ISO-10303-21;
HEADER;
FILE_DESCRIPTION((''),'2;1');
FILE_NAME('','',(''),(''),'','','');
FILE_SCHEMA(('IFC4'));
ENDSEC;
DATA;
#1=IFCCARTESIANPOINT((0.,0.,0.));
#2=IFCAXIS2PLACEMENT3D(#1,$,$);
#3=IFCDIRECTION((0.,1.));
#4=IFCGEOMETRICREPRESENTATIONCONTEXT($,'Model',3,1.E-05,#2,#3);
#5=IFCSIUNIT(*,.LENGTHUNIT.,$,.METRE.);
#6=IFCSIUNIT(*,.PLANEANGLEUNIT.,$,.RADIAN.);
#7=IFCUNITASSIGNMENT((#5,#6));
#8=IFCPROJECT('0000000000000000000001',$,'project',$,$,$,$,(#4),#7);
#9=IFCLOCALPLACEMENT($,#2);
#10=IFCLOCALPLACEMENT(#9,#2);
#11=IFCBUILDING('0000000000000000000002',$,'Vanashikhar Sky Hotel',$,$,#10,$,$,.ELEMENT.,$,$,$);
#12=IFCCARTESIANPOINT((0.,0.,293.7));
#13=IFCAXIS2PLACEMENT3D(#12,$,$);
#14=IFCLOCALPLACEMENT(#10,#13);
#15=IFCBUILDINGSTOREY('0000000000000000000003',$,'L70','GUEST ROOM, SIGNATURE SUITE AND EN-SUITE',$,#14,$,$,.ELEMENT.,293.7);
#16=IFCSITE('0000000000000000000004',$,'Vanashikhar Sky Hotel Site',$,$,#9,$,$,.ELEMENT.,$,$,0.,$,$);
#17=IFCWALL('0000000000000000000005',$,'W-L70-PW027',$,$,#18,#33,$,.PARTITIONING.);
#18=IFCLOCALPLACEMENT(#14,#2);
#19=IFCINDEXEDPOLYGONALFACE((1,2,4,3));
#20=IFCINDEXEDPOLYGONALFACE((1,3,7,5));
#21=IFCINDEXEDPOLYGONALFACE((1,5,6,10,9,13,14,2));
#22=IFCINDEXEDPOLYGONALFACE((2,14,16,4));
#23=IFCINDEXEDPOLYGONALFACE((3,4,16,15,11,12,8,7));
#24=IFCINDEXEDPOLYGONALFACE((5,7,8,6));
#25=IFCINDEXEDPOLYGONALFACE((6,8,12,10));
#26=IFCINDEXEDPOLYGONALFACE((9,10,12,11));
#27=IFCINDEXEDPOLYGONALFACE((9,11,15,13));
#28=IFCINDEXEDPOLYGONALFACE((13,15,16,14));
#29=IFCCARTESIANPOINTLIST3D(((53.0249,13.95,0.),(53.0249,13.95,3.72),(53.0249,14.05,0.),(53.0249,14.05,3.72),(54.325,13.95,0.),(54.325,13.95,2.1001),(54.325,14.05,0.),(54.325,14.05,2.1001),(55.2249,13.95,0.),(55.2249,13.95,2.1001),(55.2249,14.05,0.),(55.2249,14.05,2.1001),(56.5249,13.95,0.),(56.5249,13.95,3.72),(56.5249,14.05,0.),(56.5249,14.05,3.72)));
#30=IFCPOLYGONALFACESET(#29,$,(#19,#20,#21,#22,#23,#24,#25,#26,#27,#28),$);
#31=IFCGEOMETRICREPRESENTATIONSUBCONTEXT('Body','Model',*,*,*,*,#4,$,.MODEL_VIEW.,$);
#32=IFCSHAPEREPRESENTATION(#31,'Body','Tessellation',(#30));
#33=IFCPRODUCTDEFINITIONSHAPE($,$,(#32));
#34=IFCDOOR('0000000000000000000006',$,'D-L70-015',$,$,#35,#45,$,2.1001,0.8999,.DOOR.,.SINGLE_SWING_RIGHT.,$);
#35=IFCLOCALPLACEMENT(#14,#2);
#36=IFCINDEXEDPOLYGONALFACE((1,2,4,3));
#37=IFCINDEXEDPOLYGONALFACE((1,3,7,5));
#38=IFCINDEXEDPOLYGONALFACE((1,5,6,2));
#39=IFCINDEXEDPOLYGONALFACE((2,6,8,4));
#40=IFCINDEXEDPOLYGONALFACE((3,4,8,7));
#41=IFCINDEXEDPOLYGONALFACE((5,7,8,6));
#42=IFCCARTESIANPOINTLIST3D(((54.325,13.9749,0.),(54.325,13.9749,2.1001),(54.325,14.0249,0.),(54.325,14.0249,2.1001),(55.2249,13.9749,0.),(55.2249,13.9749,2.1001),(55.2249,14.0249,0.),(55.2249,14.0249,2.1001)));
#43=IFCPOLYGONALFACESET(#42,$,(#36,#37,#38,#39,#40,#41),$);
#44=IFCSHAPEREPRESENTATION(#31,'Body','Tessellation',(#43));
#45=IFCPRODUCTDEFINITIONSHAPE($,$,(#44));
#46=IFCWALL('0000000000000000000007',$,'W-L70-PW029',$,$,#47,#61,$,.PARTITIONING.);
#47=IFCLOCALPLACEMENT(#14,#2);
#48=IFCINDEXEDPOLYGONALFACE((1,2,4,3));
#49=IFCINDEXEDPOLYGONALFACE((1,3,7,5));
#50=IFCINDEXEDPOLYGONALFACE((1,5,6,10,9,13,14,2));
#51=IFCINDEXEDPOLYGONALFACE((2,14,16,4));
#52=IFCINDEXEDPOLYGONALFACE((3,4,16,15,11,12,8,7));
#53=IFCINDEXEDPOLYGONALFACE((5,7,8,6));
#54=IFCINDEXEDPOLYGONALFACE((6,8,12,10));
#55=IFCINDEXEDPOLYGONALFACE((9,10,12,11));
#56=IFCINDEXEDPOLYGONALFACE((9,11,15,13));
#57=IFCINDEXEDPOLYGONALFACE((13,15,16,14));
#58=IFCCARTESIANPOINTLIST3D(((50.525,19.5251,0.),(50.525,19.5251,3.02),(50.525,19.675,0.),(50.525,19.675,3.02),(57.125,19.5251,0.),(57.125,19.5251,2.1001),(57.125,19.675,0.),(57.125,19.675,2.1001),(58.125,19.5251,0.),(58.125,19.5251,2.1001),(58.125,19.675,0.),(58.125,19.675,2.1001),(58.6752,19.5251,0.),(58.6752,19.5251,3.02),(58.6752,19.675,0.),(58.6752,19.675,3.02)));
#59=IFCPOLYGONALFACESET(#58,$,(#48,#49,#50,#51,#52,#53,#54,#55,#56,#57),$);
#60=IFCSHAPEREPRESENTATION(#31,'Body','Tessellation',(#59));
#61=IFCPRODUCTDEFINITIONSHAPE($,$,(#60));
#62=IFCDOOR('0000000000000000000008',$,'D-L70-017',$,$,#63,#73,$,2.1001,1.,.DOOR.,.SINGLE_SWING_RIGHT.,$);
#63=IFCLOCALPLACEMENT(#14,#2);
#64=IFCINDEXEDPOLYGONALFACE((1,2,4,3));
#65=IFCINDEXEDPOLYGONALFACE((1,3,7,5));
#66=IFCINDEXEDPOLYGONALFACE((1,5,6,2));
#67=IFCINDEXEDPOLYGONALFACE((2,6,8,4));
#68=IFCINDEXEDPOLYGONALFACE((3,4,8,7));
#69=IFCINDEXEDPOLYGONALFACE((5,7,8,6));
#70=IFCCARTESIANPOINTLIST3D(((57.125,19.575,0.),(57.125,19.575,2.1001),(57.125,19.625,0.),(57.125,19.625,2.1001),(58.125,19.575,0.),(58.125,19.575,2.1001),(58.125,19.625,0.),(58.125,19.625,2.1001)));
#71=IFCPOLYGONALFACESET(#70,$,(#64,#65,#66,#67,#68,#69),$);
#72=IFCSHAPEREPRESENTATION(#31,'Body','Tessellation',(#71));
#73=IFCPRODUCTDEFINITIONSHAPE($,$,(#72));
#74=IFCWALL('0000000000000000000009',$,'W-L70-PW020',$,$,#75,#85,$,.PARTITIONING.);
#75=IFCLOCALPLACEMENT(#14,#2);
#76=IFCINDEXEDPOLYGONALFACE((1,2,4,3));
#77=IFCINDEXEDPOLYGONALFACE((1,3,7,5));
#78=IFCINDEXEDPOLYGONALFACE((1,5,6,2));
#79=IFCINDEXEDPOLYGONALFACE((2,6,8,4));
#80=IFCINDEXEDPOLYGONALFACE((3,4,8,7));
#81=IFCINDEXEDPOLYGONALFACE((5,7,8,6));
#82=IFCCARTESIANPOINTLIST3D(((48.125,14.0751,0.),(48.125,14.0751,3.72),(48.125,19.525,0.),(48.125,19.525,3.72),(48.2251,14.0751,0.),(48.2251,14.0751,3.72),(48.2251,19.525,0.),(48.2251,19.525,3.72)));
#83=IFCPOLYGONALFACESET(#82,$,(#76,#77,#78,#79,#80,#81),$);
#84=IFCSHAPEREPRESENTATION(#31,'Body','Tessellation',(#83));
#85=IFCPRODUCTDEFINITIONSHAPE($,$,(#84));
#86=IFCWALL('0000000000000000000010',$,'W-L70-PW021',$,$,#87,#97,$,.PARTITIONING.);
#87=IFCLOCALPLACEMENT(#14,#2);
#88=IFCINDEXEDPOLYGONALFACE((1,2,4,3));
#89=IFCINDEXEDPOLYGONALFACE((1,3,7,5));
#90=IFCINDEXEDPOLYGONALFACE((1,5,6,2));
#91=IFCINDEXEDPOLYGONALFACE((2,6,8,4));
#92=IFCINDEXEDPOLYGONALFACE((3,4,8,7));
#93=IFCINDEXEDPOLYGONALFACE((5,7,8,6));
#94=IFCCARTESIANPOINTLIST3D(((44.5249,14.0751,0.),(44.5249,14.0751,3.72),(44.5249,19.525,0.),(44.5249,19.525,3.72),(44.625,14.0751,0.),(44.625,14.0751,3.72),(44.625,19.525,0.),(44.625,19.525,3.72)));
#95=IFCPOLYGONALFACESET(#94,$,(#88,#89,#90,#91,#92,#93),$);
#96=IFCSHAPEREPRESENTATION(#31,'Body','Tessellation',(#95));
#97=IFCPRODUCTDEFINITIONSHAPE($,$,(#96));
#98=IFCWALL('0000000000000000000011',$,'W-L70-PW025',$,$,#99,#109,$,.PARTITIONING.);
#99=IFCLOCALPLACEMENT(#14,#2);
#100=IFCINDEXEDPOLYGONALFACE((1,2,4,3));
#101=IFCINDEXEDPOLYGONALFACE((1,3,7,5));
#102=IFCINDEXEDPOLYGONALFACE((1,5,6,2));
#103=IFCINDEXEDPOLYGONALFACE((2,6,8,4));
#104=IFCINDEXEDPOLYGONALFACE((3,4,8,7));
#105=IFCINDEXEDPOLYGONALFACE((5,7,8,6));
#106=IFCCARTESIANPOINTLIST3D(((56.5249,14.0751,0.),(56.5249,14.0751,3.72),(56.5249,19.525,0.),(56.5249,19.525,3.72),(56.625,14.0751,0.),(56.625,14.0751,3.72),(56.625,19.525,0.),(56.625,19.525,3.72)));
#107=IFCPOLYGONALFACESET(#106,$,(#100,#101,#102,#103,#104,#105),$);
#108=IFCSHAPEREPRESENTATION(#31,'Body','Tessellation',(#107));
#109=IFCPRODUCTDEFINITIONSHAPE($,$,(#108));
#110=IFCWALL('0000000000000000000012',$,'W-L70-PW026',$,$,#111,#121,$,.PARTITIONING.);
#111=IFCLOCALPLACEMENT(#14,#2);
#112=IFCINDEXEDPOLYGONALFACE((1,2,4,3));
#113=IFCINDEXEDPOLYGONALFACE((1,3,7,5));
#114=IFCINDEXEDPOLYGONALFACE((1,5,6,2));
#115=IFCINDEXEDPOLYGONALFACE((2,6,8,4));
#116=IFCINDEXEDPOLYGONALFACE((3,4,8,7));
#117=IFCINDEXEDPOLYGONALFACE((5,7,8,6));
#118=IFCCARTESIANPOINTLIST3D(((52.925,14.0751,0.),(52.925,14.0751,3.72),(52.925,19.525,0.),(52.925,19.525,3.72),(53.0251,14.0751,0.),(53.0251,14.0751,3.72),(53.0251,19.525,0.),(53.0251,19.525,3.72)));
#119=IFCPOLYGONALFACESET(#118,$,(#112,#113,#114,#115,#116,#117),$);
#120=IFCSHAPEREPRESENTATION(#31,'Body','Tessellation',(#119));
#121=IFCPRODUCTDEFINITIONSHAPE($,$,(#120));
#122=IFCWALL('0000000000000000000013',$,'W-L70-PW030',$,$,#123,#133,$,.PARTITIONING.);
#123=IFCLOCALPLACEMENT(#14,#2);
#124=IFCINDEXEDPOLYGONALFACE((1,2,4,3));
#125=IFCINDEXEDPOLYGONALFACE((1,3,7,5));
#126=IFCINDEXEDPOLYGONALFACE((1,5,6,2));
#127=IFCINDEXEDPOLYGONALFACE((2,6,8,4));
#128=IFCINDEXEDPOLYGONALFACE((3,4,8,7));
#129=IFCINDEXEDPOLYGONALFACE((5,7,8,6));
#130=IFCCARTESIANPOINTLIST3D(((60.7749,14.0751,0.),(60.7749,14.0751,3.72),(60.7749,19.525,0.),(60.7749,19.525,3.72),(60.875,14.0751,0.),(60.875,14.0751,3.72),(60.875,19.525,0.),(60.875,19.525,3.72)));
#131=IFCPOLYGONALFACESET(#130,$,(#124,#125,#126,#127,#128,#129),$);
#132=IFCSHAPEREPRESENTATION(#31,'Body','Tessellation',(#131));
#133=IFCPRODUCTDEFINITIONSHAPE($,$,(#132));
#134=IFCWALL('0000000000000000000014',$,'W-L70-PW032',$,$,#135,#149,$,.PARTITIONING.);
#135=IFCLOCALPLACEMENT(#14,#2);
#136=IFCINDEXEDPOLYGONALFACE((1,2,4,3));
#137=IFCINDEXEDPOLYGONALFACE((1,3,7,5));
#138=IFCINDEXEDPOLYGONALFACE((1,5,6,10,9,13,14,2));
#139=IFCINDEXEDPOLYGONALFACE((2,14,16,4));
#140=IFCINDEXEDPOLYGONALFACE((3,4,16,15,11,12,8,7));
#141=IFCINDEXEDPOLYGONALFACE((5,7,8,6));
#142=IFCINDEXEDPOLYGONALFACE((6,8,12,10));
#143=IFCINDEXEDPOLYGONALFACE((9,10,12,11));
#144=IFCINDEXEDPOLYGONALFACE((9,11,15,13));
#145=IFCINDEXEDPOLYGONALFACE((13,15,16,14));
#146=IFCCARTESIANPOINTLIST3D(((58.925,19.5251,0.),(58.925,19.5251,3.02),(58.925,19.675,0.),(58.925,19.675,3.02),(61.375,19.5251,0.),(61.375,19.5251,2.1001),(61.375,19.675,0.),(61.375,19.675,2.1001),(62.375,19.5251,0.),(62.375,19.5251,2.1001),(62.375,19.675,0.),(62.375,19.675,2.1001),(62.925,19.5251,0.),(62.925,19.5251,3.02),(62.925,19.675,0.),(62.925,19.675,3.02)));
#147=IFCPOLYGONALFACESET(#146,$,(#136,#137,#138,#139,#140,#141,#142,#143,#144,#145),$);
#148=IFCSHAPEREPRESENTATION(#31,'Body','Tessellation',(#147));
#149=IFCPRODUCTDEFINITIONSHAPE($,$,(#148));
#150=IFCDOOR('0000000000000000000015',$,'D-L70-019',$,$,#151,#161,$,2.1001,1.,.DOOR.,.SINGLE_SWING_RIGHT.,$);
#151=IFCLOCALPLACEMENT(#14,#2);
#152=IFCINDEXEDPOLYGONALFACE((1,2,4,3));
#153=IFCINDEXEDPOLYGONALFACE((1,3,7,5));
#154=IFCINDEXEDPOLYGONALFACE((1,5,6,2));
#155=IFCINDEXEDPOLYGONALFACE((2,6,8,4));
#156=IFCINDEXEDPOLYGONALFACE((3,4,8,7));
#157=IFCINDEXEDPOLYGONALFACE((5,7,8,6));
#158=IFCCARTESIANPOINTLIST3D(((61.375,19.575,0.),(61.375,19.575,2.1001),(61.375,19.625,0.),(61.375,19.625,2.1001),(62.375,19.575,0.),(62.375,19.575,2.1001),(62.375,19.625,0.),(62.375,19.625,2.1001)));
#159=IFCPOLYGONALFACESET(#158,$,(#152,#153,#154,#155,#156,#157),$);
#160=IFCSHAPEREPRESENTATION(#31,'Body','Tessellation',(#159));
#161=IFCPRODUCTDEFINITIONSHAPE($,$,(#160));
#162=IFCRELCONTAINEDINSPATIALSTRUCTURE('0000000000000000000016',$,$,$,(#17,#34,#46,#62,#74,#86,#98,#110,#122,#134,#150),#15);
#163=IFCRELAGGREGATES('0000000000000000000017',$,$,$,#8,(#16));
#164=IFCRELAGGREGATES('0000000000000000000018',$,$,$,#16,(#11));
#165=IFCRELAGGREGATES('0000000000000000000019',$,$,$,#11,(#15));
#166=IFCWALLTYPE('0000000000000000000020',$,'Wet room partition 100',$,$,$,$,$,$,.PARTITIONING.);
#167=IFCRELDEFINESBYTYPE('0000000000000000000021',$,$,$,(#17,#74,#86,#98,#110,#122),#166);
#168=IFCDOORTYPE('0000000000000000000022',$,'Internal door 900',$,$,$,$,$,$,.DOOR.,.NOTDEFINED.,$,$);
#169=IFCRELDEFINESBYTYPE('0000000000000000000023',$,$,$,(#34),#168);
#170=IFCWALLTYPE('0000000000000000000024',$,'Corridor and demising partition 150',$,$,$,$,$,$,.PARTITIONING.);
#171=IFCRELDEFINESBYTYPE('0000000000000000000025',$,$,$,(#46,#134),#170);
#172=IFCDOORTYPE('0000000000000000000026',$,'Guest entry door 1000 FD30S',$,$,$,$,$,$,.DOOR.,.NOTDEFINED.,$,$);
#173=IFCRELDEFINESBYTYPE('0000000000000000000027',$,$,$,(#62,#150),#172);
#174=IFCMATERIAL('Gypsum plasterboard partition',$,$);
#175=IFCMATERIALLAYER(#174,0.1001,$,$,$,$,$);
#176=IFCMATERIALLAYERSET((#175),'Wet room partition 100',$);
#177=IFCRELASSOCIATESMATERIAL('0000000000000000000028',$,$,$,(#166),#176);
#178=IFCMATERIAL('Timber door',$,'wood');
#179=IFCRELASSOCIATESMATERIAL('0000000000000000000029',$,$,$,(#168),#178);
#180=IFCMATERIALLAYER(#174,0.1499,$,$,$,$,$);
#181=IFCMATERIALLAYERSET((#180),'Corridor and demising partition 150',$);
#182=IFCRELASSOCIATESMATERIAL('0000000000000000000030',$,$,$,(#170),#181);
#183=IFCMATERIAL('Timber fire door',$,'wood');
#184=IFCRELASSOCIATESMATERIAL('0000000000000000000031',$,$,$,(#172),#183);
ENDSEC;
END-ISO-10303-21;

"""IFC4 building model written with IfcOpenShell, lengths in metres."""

from ifc_helpers import new_model, si_unit, direction, frame, frame_2d, origin, place, context, subcontext, project, spatial, rectangle, extrude, source, transform, mapped, material, layer, layer_set, type_object, element, fill, save


model = new_model("IFC4")

# Units and contexts
model_context = context("Model", 3, precision=1e-05, world=origin(), true_north=direction((0.0, 1.0)))
body_context = subcontext(model_context, "Body", "Model", "MODEL_VIEW")
ifc_project = project(units=[si_unit("LENGTHUNIT", "METRE"), si_unit("PLANEANGLEUNIT", "RADIAN")], contexts=[model_context])

# Site, building, storey
site_placement = place(None, origin())
site = spatial("IfcSite", under=ifc_project, at=site_placement, Name="Vanashikhar Sky Hotel Site", CompositionType="ELEMENT", RefElevation=0.0)
building_placement = place(site_placement, origin())
building = spatial("IfcBuilding", under=site, at=building_placement, Name="Vanashikhar Sky Hotel", CompositionType="ELEMENT")
storey_placement = place(building_placement, frame((0.0, 0.0, 293.7)))
storey = spatial("IfcBuildingStorey", under=building, at=storey_placement, Name="L70", Description="GUEST ROOM, SIGNATURE SUITE AND EN-SUITE", CompositionType="ELEMENT", Elevation=293.7)

# Walls, openings, doors
ifc_material_1 = material(Name="Gypsum plasterboard partition")
ifc_layer_1 = layer(ifc_material_1, 0.1001)
ifc_layer_set_1 = layer_set([ifc_layer_1], Name="Wet room partition 100")
wall_type_1 = type_object("IfcWallType", Name="Wet room partition 100", PredefinedType="PARTITIONING", material=ifc_layer_set_1)
shared_shape_1 = source(origin(), body_context, "Body", "SweptSolid", [
    extrude(rectangle(XDim=3.5, YDim=0.1001, at=frame_2d((1.75, 0.0))), origin(), (0.0, 0.0, 1.0), 3.72),
])
shared_shape_2 = source(origin(), body_context, "Body", "SweptSolid", [
    extrude(rectangle(XDim=0.8999, YDim=2.1001, at=frame_2d((0.45, 1.05))), frame((0.0, 0.0601, 0.0), z_axis=(0.0, -1.0, 0.0), x_axis=(1.0, 0.0, 0.0)), (0.0, 0.0, 1.0), 0.1201),
])
ifc_material_2 = material(Name="Timber door", Category="wood")
door_type_1 = type_object("IfcDoorType", Name="Internal door 900", OperationType="NOTDEFINED", PredefinedType="DOOR", material=ifc_material_2)
shared_shape_3 = source(origin(), body_context, "Body", "SweptSolid", [
    extrude(rectangle(XDim=0.8999, YDim=2.1001, at=frame_2d((0.45, 1.05))), frame((0.0, 0.0249, 0.0), z_axis=(0.0, -1.0, 0.0), x_axis=(1.0, 0.0, 0.0)), (0.0, 0.0, 1.0), 0.05),
])
wall_1_placement = place(storey_placement, frame((53.0249, 14.0, 0.0), z_axis=(0.0, 0.0, 1.0), x_axis=(1.0, 0.0, 0.0)))
wall_1 = element("IfcWall", 1, at=wall_1_placement, inside=storey, type_object=wall_type_1, Name="W-L70-PW027", PredefinedType="PARTITIONING", context=body_context, shape_type="MappedRepresentation", body=[
    mapped(shared_shape_1, transform((0.0, 0.0, 0.0), scale=1.0)),
])
opening_1_placement = place(wall_1_placement, frame((1.3, 0.0, 0.0)))
opening_1 = element("IfcOpeningElement", 2, at=opening_1_placement, cuts=wall_1, PredefinedType="OPENING", context=body_context, shape_type="MappedRepresentation", body=[
    mapped(shared_shape_2, transform((0.0, 0.0, 0.0), scale=1.0)),
])
door_1_placement = place(opening_1_placement, origin())
door_1 = element("IfcDoor", 3, at=door_1_placement, inside=storey, type_object=door_type_1, Name="D-L70-015", OperationType="SINGLE_SWING_RIGHT", OverallHeight=2.1001, OverallWidth=0.8999, PredefinedType="DOOR", context=body_context, shape_type="MappedRepresentation", body=[
    mapped(shared_shape_3, transform((0.0, 0.0, 0.0), scale=1.0)),
])
fill(opening_1, door_1)
ifc_layer_2 = layer(ifc_material_1, 0.1499)
ifc_layer_set_2 = layer_set([ifc_layer_2], Name="Corridor and demising partition 150")
wall_type_2 = type_object("IfcWallType", Name="Corridor and demising partition 150", PredefinedType="PARTITIONING", material=ifc_layer_set_2)
shared_shape_4 = source(origin(), body_context, "Body", "SweptSolid", [
    extrude(rectangle(XDim=8.1501, YDim=0.1499, at=frame_2d((4.0752, 0.0))), origin(), (0.0, 0.0, 1.0), 3.02),
])
wall_2_placement = place(storey_placement, frame((50.5249, 19.6001, 0.0), z_axis=(0.0, 0.0, 1.0), x_axis=(1.0, 0.0, 0.0)))
wall_2 = element("IfcWall", 4, at=wall_2_placement, inside=storey, type_object=wall_type_2, Name="W-L70-PW029", PredefinedType="PARTITIONING", context=body_context, shape_type="MappedRepresentation", body=[
    mapped(shared_shape_4, transform((0.0, 0.0, 0.0), scale=1.0)),
])
shared_shape_5 = source(origin(), body_context, "Body", "SweptSolid", [
    extrude(rectangle(XDim=1.0, YDim=2.1001, at=frame_2d((0.5, 1.05))), frame((0.0, 0.085, 0.0), z_axis=(0.0, -1.0, 0.0), x_axis=(1.0, 0.0, 0.0)), (0.0, 0.0, 1.0), 0.1699),
])
opening_2_placement = place(wall_2_placement, frame((6.6001, 0.0, 0.0)))
opening_2 = element("IfcOpeningElement", 5, at=opening_2_placement, cuts=wall_2, PredefinedType="OPENING", context=body_context, shape_type="MappedRepresentation", body=[
    mapped(shared_shape_5, transform((0.0, 0.0, 0.0), scale=1.0)),
])
ifc_material_3 = material(Name="Timber fire door", Category="wood")
door_type_2 = type_object("IfcDoorType", Name="Guest entry door 1000 FD30S", OperationType="NOTDEFINED", PredefinedType="DOOR", material=ifc_material_3)
shared_shape_6 = source(origin(), body_context, "Body", "SweptSolid", [
    extrude(rectangle(XDim=1.0, YDim=2.1001, at=frame_2d((0.5, 1.05))), frame((0.0, 0.0249, 0.0), z_axis=(0.0, -1.0, 0.0), x_axis=(1.0, 0.0, 0.0)), (0.0, 0.0, 1.0), 0.05),
])
door_2_placement = place(opening_2_placement, origin())
door_2 = element("IfcDoor", 6, at=door_2_placement, inside=storey, type_object=door_type_2, Name="D-L70-017", OperationType="SINGLE_SWING_RIGHT", OverallHeight=2.1001, OverallWidth=1.0, PredefinedType="DOOR", context=body_context, shape_type="MappedRepresentation", body=[
    mapped(shared_shape_6, transform((0.0, 0.0, 0.0), scale=1.0)),
])
fill(opening_2, door_2)

# Walls
shared_shape_7 = source(origin(), body_context, "Body", "SweptSolid", [
    extrude(rectangle(XDim=5.45, YDim=0.1001, at=frame_2d((2.7251, 0.0))), origin(), (0.0, 0.0, 1.0), 3.72),
])
for number, where, z_axis, x_axis, name in (
    (7, (48.175, 14.075, 0.0), (0.0, 0.0, 1.0), (0.0, 1.0, 0.0), "W-L70-PW020"),
    (8, (44.575, 14.075, 0.0), (0.0, 0.0, 1.0), (0.0, 1.0, 0.0), "W-L70-PW021"),
    (9, (56.575, 14.075, 0.0), (0.0, 0.0, 1.0), (0.0, 1.0, 0.0), "W-L70-PW025"),
    (10, (52.9751, 14.075, 0.0), (0.0, 0.0, 1.0), (0.0, 1.0, 0.0), "W-L70-PW026"),
    (11, (60.825, 14.075, 0.0), (0.0, 0.0, 1.0), (0.0, 1.0, 0.0), "W-L70-PW030"),
):
    element("IfcWall", number, at=place(storey_placement, frame(where, z_axis=z_axis, x_axis=x_axis)), inside=storey, type_object=wall_type_1, Name=name, PredefinedType="PARTITIONING", context=body_context, shape_type="MappedRepresentation", body=[
        mapped(shared_shape_7, transform((0.0, 0.0, 0.0), scale=1.0)),
    ])

# Wall, opening, door
shared_shape_8 = source(origin(), body_context, "Body", "SweptSolid", [
    extrude(rectangle(XDim=4.0, YDim=0.1499, at=frame_2d((2.0, 0.0))), origin(), (0.0, 0.0, 1.0), 3.02),
])
wall_3_placement = place(storey_placement, frame((58.925, 19.6001, 0.0), z_axis=(0.0, 0.0, 1.0), x_axis=(1.0, 0.0, 0.0)))
wall_3 = element("IfcWall", 12, at=wall_3_placement, inside=storey, type_object=wall_type_2, Name="W-L70-PW032", PredefinedType="PARTITIONING", context=body_context, shape_type="MappedRepresentation", body=[
    mapped(shared_shape_8, transform((0.0, 0.0, 0.0), scale=1.0)),
])
opening_3_placement = place(wall_3_placement, frame((2.45, 0.0, 0.0)))
opening_3 = element("IfcOpeningElement", 13, at=opening_3_placement, cuts=wall_3, PredefinedType="OPENING", context=body_context, shape_type="MappedRepresentation", body=[
    mapped(shared_shape_5, transform((0.0, 0.0, 0.0), scale=1.0)),
])
door_3_placement = place(opening_3_placement, origin())
door_3 = element("IfcDoor", 14, at=door_3_placement, inside=storey, type_object=door_type_2, Name="D-L70-019", OperationType="SINGLE_SWING_RIGHT", OverallHeight=2.1001, OverallWidth=1.0, PredefinedType="DOOR", context=body_context, shape_type="MappedRepresentation", body=[
    mapped(shared_shape_6, transform((0.0, 0.0, 0.0), scale=1.0)),
])
fill(opening_3, door_3)

save(model, "model.ifc")
